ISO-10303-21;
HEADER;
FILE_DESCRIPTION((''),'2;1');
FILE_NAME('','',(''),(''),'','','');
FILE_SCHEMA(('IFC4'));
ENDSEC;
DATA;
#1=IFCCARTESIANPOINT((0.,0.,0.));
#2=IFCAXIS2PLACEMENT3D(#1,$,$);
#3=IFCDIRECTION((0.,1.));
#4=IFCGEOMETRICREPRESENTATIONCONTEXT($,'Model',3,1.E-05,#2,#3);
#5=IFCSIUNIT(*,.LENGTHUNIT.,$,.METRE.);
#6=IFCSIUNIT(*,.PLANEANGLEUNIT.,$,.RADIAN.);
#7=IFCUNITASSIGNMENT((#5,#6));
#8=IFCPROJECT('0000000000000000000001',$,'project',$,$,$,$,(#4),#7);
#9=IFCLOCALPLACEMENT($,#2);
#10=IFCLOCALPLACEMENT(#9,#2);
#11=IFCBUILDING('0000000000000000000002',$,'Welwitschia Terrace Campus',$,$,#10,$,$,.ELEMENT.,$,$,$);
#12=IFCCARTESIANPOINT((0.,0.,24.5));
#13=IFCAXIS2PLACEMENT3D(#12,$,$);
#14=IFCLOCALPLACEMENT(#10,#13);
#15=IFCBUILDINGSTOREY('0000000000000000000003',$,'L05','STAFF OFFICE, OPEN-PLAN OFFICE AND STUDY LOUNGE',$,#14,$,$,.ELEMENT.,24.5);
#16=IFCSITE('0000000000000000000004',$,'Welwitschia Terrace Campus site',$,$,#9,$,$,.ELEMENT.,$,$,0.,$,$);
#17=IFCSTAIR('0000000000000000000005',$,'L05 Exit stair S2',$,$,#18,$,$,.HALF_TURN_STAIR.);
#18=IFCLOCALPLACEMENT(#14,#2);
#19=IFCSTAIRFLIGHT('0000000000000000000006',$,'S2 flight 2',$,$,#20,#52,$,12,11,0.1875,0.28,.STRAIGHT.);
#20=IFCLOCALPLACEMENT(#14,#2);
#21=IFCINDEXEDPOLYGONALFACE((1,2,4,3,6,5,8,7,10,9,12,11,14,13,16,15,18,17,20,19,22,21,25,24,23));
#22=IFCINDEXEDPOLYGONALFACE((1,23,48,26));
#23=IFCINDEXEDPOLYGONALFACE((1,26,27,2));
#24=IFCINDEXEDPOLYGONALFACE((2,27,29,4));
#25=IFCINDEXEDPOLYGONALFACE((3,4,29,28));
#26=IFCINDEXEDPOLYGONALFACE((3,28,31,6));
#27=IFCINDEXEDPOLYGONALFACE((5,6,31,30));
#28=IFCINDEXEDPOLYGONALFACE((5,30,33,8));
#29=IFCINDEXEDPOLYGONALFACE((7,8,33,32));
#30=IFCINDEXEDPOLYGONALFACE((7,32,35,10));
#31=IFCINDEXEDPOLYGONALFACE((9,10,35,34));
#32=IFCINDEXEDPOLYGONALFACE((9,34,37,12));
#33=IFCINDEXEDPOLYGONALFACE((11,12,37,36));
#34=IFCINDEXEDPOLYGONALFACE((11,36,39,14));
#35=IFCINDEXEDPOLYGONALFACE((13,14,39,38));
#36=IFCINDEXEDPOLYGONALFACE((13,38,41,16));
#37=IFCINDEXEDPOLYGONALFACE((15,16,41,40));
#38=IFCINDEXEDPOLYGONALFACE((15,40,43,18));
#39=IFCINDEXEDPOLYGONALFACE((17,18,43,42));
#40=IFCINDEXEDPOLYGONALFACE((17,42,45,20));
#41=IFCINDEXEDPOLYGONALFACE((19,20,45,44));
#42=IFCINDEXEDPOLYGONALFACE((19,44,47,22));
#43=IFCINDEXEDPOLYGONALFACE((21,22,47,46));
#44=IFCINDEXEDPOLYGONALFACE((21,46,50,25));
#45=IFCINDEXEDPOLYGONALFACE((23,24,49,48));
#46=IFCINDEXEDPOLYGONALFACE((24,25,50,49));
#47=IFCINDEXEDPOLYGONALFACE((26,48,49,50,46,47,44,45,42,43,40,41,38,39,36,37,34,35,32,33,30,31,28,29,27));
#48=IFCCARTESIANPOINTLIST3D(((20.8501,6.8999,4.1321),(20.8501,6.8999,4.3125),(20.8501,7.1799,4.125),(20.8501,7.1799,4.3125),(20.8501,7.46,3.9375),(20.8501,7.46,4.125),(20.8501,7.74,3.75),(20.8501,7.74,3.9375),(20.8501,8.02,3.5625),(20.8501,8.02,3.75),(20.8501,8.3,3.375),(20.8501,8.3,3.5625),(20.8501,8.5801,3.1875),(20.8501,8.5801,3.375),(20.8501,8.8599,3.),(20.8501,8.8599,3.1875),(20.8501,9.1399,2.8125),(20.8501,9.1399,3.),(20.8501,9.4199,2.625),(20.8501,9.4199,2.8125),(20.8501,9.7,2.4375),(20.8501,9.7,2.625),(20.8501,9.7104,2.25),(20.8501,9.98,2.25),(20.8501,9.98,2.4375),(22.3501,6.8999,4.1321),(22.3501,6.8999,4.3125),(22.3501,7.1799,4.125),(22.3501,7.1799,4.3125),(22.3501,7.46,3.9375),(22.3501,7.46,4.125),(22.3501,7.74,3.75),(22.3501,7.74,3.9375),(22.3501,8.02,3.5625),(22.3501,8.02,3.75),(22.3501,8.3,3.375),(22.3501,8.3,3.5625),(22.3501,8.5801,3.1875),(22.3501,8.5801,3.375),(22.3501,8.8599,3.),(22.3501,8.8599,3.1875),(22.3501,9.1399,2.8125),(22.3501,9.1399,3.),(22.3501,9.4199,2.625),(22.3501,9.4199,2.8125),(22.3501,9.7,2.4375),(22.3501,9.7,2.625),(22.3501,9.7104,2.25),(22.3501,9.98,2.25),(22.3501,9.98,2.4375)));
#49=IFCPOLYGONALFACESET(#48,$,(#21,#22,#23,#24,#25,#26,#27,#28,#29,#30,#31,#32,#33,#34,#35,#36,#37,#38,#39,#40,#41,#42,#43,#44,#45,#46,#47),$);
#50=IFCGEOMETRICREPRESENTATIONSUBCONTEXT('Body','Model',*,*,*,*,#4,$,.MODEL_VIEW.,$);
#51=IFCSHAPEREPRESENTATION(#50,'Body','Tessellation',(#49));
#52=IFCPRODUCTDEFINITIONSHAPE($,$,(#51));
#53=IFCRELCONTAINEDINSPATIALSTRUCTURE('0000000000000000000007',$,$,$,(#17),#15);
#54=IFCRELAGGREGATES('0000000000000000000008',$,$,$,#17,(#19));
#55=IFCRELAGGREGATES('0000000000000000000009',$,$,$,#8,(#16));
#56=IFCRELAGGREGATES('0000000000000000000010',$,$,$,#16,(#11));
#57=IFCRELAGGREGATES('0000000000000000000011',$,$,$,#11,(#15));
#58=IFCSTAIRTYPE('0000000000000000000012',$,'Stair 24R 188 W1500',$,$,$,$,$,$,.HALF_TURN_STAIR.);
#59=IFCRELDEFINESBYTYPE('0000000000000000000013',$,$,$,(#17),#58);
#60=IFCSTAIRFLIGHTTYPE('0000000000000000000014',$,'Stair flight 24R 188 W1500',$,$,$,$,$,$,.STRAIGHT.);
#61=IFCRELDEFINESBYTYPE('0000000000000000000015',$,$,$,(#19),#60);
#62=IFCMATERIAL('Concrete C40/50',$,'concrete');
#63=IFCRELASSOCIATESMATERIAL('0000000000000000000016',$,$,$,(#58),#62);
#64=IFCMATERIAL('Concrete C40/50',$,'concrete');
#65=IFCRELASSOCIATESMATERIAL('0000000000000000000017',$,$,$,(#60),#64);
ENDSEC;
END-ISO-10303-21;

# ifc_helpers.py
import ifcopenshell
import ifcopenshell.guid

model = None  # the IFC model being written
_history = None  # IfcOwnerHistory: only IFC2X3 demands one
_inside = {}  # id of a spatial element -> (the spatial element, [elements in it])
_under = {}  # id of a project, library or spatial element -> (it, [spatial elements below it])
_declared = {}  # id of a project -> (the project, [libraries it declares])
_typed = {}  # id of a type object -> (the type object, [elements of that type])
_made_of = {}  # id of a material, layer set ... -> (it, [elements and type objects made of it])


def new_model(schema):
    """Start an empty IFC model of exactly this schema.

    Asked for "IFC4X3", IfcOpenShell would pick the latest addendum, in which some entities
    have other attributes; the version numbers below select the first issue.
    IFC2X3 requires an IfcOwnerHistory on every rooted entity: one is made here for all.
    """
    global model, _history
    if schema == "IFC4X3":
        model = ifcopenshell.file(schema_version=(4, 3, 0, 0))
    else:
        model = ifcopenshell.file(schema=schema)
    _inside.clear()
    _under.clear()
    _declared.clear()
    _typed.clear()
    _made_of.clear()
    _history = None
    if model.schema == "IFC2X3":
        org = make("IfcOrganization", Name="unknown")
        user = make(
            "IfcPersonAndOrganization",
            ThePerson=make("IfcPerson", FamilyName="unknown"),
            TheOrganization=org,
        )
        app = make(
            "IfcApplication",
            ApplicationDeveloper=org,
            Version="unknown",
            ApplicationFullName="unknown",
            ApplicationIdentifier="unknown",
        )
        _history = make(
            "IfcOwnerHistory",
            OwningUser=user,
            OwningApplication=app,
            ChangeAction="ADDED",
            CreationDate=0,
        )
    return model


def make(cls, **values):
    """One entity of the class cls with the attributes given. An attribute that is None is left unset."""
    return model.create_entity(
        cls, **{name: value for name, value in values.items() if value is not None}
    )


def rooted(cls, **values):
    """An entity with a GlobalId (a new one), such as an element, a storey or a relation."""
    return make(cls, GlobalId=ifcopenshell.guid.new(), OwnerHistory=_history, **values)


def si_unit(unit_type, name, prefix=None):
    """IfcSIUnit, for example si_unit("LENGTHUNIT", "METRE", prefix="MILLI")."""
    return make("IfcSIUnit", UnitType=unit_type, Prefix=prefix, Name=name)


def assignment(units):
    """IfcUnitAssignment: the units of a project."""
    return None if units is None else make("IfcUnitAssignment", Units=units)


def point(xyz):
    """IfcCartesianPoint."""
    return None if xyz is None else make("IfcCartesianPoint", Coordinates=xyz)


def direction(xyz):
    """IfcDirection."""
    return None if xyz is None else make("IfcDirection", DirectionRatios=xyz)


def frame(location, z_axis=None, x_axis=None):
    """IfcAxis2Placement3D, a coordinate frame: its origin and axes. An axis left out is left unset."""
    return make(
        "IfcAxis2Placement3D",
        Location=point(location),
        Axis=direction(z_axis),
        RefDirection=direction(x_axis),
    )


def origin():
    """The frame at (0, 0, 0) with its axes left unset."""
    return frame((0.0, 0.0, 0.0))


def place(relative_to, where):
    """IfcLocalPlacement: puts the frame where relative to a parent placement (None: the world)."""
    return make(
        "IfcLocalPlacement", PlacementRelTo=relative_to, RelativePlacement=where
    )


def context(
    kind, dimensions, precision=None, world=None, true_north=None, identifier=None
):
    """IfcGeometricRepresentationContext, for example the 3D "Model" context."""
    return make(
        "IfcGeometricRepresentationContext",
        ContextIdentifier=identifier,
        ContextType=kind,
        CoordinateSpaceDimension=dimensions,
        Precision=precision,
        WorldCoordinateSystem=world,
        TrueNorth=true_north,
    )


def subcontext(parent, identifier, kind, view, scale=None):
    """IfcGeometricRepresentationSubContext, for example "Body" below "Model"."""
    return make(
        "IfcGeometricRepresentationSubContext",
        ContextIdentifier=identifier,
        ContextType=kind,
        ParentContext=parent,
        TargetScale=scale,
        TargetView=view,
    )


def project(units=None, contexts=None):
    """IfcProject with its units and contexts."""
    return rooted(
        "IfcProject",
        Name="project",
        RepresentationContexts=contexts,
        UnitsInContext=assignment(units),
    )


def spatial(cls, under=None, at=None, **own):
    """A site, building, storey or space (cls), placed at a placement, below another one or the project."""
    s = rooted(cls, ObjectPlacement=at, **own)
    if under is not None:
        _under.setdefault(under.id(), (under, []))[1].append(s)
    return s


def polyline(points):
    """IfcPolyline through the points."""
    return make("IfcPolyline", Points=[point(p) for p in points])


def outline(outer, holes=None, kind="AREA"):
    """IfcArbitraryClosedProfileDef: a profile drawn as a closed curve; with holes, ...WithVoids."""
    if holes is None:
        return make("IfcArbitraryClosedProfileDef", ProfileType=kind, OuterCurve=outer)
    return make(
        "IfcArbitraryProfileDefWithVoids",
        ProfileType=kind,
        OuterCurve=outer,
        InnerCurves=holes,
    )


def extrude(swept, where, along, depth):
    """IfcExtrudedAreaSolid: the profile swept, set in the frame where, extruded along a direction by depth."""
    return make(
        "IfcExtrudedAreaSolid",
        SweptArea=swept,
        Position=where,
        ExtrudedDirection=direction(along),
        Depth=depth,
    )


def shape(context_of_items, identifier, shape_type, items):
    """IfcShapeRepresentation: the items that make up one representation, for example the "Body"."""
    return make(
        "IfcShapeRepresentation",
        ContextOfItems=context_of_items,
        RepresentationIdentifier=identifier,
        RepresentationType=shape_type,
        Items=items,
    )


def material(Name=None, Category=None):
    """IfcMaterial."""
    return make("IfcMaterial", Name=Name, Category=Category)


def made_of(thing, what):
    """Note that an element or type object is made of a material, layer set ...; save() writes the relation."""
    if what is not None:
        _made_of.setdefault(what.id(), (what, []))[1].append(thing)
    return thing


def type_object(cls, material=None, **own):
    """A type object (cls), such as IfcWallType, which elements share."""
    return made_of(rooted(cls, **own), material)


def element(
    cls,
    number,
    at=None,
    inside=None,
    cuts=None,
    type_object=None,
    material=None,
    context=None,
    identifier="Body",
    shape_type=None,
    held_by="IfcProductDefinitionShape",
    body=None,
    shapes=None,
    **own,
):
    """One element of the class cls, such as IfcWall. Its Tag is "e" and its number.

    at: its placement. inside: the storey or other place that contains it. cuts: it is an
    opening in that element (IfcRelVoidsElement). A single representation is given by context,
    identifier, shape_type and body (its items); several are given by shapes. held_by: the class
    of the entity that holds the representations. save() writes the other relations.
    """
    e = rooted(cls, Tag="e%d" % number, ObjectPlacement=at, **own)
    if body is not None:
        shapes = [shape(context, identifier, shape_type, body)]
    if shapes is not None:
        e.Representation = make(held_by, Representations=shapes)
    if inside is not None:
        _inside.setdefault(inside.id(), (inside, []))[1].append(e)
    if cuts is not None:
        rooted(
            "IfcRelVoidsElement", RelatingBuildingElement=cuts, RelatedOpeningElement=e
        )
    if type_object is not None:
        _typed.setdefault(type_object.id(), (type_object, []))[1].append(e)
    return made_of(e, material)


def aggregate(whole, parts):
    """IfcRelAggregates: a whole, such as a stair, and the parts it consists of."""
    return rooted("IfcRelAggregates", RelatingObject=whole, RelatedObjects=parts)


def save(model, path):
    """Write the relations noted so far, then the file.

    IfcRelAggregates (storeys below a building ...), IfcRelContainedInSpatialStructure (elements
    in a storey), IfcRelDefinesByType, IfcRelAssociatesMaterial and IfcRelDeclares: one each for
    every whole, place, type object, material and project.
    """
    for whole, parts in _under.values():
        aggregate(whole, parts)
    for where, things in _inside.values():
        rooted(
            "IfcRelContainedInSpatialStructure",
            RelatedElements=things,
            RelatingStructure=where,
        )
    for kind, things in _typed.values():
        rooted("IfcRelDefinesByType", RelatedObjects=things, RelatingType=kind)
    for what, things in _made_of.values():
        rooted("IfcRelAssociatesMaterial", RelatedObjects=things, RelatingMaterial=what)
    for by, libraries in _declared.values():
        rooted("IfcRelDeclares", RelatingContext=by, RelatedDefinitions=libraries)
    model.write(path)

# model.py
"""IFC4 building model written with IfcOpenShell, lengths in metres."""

from ifc_helpers import new_model, si_unit, direction, frame, origin, place, context, subcontext, project, spatial, polyline, outline, extrude, material, type_object, element, aggregate, save


model = new_model("IFC4")

# Units and contexts
model_context = context("Model", 3, precision=1e-05, world=origin(), true_north=direction((0.0, 1.0)))
body_context = subcontext(model_context, "Body", "Model", "MODEL_VIEW")
ifc_project = project(units=[si_unit("LENGTHUNIT", "METRE"), si_unit("PLANEANGLEUNIT", "RADIAN")], contexts=[model_context])

# Site, building, storey
site_placement = place(None, origin())
site = spatial("IfcSite", under=ifc_project, at=site_placement, Name="Welwitschia Terrace Campus site", CompositionType="ELEMENT", RefElevation=0.0)
building_placement = place(site_placement, origin())
building = spatial("IfcBuilding", under=site, at=building_placement, Name="Welwitschia Terrace Campus", CompositionType="ELEMENT")
storey_placement = place(building_placement, frame((0.0, 0.0, 24.5)))
storey = spatial("IfcBuildingStorey", under=building, at=storey_placement, Name="L05", Description="STAFF OFFICE, OPEN-PLAN OFFICE AND STUDY LOUNGE", CompositionType="ELEMENT", Elevation=24.5)

# Stair, stair flight
ifc_material_1 = material(Name="Concrete C40/50", Category="concrete")
stair_type = type_object("IfcStairType", Name="Stair 24R 188 W1500", PredefinedType="HALF_TURN_STAIR", material=ifc_material_1)
stair_placement = place(storey_placement, origin())
stair = element("IfcStair", 1, at=stair_placement, inside=storey, type_object=stair_type, Name="L05 Exit stair S2", PredefinedType="HALF_TURN_STAIR")
ifc_material_2 = material(Name="Concrete C40/50", Category="concrete")
stair_flight_type = type_object("IfcStairFlightType", Name="Stair flight 24R 188 W1500", PredefinedType="STRAIGHT", material=ifc_material_2)
stair_flight_1_placement = place(storey_placement, frame((21.6001, 9.98, 2.25), z_axis=(0.0, 0.0, 1.0), x_axis=(0.0, -1.0, 0.0)))
stair_flight_1 = element("IfcStairFlight", 2, at=stair_flight_1_placement, type_object=stair_flight_type, Name="S2 flight 2", NumberOfRisers=12, NumberOfTreads=11, PredefinedType="STRAIGHT", RiserHeight=0.1875, TreadLength=0.28, context=body_context, shape_type="SweptSolid", body=[
    extrude(outline(polyline([(0.0, 0.0), (0.0, 0.1875), (0.28, 0.1875), (0.28, 0.375), (0.5601, 0.375), (0.5601, 0.5625), (0.8401, 0.5625), (0.8401, 0.75), (1.1201, 0.75), (1.1201, 0.9375), (1.3999, 0.9375), (1.3999, 1.125), (1.6799, 1.125), (1.6799, 1.3125), (1.96, 1.3125), (1.96, 1.5), (2.24, 1.5), (2.24, 1.6875), (2.52, 1.6875), (2.52, 1.875), (2.8, 1.875), (2.8, 2.0625), (3.0801, 2.0625), (3.0801, 2.25), (3.0801, 1.8821), (0.2695, 0.0), (0.0, 0.0)])), frame((0.0, 0.75, 0.0), z_axis=(0.0, -1.0, 0.0), x_axis=(1.0, 0.0, 0.0)), (0.0, 0.0, 1.0), 1.5),
])
aggregate(stair, [stair_flight_1])

save(model, "model.ifc")
